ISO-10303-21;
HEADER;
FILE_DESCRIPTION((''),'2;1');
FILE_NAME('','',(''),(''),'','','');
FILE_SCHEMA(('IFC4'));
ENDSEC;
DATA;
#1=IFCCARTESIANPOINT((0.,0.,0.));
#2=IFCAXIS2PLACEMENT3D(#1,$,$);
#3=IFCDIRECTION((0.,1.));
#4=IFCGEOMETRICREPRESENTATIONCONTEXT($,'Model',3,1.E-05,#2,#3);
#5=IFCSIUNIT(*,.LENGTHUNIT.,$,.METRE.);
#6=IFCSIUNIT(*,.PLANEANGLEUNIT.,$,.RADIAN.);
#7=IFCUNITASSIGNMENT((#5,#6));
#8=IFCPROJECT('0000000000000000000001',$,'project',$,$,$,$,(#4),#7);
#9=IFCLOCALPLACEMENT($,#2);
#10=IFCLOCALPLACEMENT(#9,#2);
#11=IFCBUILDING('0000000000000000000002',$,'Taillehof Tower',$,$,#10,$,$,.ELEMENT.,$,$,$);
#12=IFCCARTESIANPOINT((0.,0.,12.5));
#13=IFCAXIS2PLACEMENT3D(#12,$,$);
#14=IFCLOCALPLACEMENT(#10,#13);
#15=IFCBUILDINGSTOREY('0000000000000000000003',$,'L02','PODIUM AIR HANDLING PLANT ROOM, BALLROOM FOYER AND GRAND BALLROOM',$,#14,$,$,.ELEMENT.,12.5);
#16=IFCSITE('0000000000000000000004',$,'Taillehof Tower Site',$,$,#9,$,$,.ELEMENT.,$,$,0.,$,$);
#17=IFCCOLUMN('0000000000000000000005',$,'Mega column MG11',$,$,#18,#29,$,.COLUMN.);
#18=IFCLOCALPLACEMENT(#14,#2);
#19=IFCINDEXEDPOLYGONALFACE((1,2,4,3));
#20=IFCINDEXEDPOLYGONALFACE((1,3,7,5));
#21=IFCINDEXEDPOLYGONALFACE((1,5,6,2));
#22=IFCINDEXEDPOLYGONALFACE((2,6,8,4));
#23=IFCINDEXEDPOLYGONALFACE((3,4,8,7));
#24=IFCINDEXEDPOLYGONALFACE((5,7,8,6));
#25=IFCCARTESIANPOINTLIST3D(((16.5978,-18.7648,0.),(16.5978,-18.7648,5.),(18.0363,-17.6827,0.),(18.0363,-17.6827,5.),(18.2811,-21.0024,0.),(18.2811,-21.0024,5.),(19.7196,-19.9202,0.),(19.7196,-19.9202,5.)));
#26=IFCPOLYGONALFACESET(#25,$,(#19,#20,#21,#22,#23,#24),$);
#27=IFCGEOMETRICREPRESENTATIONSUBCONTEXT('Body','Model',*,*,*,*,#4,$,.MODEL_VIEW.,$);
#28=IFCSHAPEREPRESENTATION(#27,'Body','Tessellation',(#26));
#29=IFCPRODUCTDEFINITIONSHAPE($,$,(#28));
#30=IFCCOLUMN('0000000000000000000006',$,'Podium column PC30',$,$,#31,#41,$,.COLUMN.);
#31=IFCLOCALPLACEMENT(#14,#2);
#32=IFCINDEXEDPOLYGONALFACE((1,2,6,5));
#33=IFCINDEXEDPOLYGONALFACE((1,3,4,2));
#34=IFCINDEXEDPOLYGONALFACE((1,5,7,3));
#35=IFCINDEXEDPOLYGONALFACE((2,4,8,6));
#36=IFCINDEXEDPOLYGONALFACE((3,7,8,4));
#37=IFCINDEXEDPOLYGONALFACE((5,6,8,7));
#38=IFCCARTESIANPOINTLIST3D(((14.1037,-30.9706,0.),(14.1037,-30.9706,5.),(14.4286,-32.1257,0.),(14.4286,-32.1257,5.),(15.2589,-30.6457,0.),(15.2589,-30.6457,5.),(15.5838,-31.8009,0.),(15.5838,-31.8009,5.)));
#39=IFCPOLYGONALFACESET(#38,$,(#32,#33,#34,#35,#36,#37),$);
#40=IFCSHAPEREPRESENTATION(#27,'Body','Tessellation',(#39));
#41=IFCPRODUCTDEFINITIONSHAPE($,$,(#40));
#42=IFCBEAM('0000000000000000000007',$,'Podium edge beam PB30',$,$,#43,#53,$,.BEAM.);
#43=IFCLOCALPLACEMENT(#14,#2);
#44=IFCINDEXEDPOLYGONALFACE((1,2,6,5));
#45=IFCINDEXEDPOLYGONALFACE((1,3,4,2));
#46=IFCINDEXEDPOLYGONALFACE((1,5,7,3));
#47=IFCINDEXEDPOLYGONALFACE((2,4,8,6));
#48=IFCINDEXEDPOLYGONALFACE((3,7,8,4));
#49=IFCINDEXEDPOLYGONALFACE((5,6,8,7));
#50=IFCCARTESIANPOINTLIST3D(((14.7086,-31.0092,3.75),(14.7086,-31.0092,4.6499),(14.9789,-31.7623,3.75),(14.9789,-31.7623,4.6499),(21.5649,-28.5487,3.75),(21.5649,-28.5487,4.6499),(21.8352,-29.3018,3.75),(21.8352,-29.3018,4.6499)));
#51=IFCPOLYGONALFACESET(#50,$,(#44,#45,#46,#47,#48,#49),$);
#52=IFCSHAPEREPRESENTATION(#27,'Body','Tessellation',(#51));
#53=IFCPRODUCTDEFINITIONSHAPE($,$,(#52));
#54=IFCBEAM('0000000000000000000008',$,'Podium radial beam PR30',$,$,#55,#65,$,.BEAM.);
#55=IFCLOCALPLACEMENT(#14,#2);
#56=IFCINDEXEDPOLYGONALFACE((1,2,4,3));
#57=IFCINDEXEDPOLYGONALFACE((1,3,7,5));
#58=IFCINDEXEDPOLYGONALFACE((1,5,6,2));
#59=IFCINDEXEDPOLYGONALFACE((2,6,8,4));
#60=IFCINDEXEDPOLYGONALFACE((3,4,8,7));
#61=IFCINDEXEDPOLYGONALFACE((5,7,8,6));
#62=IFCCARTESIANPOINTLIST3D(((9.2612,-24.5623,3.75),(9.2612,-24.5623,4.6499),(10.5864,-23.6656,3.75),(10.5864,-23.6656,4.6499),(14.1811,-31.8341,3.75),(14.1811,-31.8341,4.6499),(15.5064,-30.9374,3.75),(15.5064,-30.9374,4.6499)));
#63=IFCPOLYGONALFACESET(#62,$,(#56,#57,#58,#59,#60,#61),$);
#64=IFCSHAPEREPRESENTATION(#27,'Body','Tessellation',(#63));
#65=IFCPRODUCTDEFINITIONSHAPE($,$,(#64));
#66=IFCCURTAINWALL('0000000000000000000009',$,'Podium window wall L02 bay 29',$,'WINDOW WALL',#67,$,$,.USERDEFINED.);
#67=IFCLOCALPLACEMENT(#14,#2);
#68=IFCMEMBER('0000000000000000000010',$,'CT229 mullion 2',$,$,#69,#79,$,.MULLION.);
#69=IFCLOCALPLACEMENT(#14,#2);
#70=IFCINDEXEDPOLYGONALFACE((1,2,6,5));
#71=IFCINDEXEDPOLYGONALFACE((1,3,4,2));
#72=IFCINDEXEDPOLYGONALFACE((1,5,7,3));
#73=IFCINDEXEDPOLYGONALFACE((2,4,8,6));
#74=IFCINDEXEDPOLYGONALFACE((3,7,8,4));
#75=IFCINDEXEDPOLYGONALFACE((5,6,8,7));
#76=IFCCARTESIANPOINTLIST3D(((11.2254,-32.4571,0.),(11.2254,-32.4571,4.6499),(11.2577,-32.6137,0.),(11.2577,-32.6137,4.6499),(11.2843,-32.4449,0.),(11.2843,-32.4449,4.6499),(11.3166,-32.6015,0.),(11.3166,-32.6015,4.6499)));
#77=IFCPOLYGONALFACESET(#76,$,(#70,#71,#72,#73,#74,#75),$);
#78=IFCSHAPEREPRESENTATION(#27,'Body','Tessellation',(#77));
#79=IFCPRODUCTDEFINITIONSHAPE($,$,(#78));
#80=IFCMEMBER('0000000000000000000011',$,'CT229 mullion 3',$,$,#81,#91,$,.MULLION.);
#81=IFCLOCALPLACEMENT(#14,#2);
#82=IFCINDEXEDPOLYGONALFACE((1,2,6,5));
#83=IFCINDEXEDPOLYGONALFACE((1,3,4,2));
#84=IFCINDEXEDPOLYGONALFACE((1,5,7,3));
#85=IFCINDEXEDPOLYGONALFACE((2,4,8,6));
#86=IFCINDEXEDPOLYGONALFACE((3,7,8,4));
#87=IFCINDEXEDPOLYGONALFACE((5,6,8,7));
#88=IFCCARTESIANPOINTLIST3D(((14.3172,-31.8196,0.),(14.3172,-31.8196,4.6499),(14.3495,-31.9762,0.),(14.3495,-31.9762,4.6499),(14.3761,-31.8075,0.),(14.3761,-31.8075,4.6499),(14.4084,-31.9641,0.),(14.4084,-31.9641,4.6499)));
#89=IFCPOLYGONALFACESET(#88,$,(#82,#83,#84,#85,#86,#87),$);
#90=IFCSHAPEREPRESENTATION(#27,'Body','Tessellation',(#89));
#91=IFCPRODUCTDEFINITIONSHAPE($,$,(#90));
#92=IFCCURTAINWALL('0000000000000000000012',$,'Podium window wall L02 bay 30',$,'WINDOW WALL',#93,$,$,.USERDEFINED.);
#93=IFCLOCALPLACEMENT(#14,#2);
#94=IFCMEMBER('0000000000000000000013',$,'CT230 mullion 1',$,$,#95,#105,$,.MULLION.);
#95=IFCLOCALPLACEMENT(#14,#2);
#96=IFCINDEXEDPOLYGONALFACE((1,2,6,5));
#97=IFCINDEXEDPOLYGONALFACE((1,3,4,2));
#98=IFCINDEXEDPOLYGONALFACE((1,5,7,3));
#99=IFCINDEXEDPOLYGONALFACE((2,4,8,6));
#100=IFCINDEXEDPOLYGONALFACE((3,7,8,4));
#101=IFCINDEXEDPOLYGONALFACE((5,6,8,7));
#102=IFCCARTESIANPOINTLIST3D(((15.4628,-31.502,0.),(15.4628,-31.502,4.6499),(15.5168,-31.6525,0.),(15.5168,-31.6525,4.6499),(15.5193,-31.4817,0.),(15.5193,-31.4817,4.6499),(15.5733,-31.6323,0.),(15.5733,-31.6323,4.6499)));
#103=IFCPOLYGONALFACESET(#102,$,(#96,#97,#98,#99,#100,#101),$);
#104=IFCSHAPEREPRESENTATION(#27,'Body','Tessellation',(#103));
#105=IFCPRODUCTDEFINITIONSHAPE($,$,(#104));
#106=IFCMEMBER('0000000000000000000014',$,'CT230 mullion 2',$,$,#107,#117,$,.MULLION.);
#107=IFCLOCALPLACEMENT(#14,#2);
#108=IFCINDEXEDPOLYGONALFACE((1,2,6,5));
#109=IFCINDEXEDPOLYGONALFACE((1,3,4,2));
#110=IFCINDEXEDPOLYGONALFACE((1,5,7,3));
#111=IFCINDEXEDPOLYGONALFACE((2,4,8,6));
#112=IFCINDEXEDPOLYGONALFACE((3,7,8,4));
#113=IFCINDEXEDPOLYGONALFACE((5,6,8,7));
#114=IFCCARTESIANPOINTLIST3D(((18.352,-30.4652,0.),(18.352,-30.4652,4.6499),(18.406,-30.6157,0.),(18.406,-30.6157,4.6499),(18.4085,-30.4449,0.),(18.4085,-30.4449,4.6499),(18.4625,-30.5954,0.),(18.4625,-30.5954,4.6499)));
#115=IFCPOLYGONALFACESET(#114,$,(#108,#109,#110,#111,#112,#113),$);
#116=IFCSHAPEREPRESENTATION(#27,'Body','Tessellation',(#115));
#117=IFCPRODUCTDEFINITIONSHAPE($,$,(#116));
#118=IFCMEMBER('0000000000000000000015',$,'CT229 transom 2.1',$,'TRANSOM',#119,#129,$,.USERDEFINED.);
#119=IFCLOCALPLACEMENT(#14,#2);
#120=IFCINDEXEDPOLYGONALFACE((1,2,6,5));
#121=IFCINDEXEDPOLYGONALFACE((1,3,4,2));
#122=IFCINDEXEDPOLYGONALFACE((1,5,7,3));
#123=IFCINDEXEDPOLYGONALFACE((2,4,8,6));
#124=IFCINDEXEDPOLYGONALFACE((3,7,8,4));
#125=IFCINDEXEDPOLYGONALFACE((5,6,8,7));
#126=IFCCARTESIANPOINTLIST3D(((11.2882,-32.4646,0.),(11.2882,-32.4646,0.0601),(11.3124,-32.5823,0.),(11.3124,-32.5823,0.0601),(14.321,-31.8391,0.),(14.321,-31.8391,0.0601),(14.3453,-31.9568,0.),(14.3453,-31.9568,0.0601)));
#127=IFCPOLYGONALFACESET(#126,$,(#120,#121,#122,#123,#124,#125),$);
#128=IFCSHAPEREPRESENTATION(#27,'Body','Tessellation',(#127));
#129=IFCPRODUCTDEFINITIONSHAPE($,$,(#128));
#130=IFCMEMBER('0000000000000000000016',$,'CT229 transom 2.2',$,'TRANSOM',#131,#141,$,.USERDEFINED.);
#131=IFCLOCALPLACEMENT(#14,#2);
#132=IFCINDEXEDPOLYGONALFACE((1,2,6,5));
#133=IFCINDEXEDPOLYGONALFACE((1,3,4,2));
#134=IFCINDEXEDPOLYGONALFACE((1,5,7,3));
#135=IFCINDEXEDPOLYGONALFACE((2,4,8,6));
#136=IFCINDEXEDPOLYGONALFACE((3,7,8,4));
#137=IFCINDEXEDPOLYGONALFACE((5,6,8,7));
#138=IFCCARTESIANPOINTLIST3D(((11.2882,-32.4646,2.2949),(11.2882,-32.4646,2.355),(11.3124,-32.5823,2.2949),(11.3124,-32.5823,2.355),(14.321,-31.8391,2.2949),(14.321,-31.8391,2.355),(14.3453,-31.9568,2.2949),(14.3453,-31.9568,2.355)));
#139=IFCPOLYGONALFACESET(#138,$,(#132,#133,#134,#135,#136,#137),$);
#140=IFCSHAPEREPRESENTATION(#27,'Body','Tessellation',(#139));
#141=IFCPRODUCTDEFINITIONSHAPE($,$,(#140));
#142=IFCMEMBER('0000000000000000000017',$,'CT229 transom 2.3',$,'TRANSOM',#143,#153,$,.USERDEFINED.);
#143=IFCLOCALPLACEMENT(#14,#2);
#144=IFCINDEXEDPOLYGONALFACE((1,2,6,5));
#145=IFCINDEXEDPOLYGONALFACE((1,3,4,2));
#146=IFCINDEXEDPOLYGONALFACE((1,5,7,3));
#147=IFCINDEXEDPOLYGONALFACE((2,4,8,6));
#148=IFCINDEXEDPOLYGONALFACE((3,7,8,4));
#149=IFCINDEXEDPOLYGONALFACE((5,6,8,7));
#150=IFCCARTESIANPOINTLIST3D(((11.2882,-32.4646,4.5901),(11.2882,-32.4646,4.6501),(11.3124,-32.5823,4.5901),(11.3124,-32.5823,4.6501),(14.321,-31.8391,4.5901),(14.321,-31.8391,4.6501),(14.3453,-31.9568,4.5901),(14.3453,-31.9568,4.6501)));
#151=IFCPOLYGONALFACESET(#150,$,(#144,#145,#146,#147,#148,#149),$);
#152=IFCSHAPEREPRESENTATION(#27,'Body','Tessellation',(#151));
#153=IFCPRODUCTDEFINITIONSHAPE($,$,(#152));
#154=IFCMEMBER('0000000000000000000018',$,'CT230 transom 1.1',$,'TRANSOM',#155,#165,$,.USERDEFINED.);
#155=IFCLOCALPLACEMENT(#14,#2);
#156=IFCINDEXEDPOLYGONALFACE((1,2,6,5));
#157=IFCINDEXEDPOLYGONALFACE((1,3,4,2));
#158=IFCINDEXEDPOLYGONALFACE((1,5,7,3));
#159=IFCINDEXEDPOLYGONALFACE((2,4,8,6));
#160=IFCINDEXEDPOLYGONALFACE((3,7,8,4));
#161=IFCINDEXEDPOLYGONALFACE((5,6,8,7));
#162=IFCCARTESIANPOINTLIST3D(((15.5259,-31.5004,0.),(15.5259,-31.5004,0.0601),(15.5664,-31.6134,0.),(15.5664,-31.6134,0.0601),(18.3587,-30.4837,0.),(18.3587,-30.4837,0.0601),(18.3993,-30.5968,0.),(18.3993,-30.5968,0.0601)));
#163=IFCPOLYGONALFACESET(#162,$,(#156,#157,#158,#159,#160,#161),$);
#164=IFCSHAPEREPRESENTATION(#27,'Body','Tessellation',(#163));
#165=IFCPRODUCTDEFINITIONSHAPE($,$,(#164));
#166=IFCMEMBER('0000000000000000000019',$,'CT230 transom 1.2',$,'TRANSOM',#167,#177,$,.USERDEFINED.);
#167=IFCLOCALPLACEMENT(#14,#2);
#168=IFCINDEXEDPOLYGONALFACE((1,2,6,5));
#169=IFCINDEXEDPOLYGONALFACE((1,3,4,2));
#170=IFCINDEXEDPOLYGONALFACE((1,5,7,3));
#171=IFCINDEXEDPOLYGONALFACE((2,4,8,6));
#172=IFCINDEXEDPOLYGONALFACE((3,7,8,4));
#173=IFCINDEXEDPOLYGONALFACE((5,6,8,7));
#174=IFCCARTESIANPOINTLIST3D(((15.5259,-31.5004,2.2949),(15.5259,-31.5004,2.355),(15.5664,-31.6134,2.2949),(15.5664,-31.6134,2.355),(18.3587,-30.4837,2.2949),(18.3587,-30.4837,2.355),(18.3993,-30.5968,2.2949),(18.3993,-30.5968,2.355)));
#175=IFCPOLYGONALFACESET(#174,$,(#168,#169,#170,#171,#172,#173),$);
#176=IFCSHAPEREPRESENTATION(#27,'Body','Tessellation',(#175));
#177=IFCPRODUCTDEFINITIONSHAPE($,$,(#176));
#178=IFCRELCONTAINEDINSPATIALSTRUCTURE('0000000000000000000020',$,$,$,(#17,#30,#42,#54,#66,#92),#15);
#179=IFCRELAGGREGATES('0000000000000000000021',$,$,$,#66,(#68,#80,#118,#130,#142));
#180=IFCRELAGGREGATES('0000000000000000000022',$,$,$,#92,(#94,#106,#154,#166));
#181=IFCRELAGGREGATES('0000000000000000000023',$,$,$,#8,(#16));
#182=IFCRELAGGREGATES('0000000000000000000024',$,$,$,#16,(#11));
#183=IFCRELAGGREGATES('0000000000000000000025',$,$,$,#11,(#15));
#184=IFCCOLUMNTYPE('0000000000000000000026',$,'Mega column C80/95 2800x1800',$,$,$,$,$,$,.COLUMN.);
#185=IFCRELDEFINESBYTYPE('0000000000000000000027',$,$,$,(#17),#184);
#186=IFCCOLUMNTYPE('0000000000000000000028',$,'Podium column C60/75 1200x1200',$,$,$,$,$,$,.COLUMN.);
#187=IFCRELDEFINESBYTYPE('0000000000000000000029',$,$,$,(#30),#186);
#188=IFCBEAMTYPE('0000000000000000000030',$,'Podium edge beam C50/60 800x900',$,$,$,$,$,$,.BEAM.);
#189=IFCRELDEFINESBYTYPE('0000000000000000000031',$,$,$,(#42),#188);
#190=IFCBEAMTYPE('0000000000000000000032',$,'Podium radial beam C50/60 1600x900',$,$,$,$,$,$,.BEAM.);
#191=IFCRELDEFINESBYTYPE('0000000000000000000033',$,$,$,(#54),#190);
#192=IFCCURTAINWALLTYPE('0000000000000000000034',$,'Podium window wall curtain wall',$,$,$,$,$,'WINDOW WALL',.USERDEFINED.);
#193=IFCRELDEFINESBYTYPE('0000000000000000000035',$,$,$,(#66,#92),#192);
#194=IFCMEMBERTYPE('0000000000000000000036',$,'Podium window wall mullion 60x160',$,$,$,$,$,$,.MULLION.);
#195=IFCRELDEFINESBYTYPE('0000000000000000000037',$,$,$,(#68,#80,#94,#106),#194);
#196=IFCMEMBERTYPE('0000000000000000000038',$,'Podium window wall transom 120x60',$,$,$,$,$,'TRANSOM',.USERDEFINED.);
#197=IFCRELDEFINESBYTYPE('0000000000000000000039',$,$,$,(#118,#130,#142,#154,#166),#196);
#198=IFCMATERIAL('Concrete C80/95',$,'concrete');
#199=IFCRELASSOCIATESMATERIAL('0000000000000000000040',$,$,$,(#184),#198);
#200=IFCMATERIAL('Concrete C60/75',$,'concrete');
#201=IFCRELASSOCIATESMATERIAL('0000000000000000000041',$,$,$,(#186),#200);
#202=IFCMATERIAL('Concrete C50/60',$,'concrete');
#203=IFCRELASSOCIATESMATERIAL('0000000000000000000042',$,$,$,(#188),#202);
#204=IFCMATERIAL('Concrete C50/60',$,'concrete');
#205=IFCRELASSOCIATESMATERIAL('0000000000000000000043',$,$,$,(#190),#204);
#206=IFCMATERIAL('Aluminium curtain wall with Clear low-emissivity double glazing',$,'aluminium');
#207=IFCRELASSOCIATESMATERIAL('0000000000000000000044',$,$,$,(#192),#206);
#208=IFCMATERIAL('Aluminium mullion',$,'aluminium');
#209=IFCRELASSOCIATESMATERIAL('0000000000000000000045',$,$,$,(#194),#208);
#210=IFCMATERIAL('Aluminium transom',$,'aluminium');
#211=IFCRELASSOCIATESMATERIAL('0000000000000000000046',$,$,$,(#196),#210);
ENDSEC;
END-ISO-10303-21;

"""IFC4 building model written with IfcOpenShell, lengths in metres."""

from ifc_helpers import new_model, si_unit, direction, frame, origin, origin_2d, place, context, subcontext, project, spatial, rectangle, extrude, material, material_profile, profile_set, type_object, element, aggregate, save


model = new_model("IFC4")

# Units and contexts
model_context = context("Model", 3, precision=1e-05, world=origin(), true_north=direction((0.0, 1.0)))
body_context = subcontext(model_context, "Body", "Model", "MODEL_VIEW")
ifc_project = project(units=[si_unit("LENGTHUNIT", "METRE"), si_unit("PLANEANGLEUNIT", "RADIAN")], contexts=[model_context])

# Site, building, storey
site_placement = place(None, origin())
site = spatial("IfcSite", under=ifc_project, at=site_placement, Name="Taillehof Tower Site", CompositionType="ELEMENT", RefElevation=0.0)
building_placement = place(site_placement, origin())
building = spatial("IfcBuilding", under=site, at=building_placement, Name="Taillehof Tower", CompositionType="ELEMENT")
storey_placement = place(building_placement, frame((0.0, 0.0, 12.5)))
storey = spatial("IfcBuildingStorey", under=building, at=storey_placement, Name="L02", Description="PODIUM AIR HANDLING PLANT ROOM, BALLROOM FOYER AND GRAND BALLROOM", CompositionType="ELEMENT", Elevation=12.5)

# Columns
ifc_material_1 = material(Name="Concrete C80/95", Category="concrete")
ifc_material_profile_1 = material_profile(ifc_material_1, rectangle(XDim=2.8, YDim=1.8, at=origin_2d()), Name="RC 2800x1800")
ifc_profile_set_1 = profile_set([ifc_material_profile_1], Name="Concrete C80/95")
column_type_1 = type_object("IfcColumnType", Name="Mega column C80/95 2800x1800", PredefinedType="COLUMN", material=ifc_profile_set_1)
column_1_placement = place(storey_placement, frame((18.1587, -19.3425, 0.0), z_axis=(0.0, 0.0, 1.0), x_axis=(0.601174, -0.799118, 0.0)))
element("IfcColumn", 1, at=column_1_placement, inside=storey, type_object=column_type_1, Name="Mega column MG11", PredefinedType="COLUMN", context=body_context, shape_type="SweptSolid", body=[
    extrude(rectangle(XDim=2.8, YDim=1.8, at=origin_2d()), origin(), (0.0, 0.0, 1.0), 5.0),
])
ifc_material_2 = material(Name="Concrete C60/75", Category="concrete")
ifc_material_profile_2 = material_profile(ifc_material_2, rectangle(XDim=1.2, YDim=1.2, at=origin_2d()), Name="RC 1200x1200")
ifc_profile_set_2 = profile_set([ifc_material_profile_2], Name="Concrete C60/75")
column_type_2 = type_object("IfcColumnType", Name="Podium column C60/75 1200x1200", PredefinedType="COLUMN", material=ifc_profile_set_2)
column_2_placement = place(storey_placement, frame((14.8438, -31.3857, 0.0), z_axis=(0.0, 0.0, 1.0), x_axis=(0.270745, -0.962651, 0.0)))
element("IfcColumn", 2, at=column_2_placement, inside=storey, type_object=column_type_2, Name="Podium column PC30", PredefinedType="COLUMN", context=body_context, shape_type="SweptSolid", body=[
    extrude(rectangle(XDim=1.2, YDim=1.2, at=origin_2d()), origin(), (0.0, 0.0, 1.0), 5.0),
])

# Beams
ifc_material_3 = material(Name="Concrete C50/60", Category="concrete")
ifc_material_profile_3 = material_profile(ifc_material_3, rectangle(XDim=0.8, YDim=0.8999, at=origin_2d()), Name="RC 800x900")
ifc_profile_set_3 = profile_set([ifc_material_profile_3], Name="Concrete C50/60")
beam_type_1 = type_object("IfcBeamType", Name="Podium edge beam C50/60 800x900", PredefinedType="BEAM", material=ifc_profile_set_3)
beam_1_placement = place(storey_placement, frame((14.8438, -31.3857, 4.2), z_axis=(0.941227, 0.337773, 0.0), x_axis=(-0.337773, 0.941227, 0.0)))
element("IfcBeam", 3, at=beam_1_placement, inside=storey, type_object=beam_type_1, Name="Podium edge beam PB30", PredefinedType="BEAM", context=body_context, shape_type="SweptSolid", body=[
    extrude(rectangle(XDim=0.8, YDim=0.8999, at=origin_2d()), origin(), (0.0, 0.0, 1.0), 7.2844),
])
ifc_material_4 = material(Name="Concrete C50/60", Category="concrete")
ifc_material_profile_4 = material_profile(ifc_material_4, rectangle(XDim=1.6001, YDim=0.8999, at=origin_2d()), Name="RC 1600x900")
ifc_profile_set_4 = profile_set([ifc_material_profile_4], Name="Concrete C50/60")
beam_type_2 = type_object("IfcBeamType", Name="Podium radial beam C50/60 1600x900", PredefinedType="BEAM", material=ifc_profile_set_4)
beam_2_placement = place(storey_placement, frame((14.8438, -31.3857, 4.2), z_axis=(-0.560373, 0.828241, 0.0), x_axis=(-0.828241, -0.560373, 0.0)))
element("IfcBeam", 4, at=beam_2_placement, inside=storey, type_object=beam_type_2, Name="Podium radial beam PR30", PredefinedType="BEAM", context=body_context, shape_type="SweptSolid", body=[
    extrude(rectangle(XDim=1.6001, YDim=0.8999, at=origin_2d()), origin(), (0.0, 0.0, 1.0), 8.7798),
])

# Curtain walls, members
ifc_material_5 = material(Name="Aluminium curtain wall with Clear low-emissivity double glazing", Category="aluminium")
curtain_wall_type = type_object("IfcCurtainWallType", Name="Podium window wall curtain wall", ElementType="WINDOW WALL", PredefinedType="USERDEFINED", material=ifc_material_5)
curtain_wall_1_placement = place(storey_placement, origin())
curtain_wall_1 = element("IfcCurtainWall", 5, at=curtain_wall_1_placement, inside=storey, type_object=curtain_wall_type, Name="Podium window wall L02 bay 29", ObjectType="WINDOW WALL", PredefinedType="USERDEFINED")
ifc_material_6 = material(Name="Aluminium mullion", Category="aluminium")
ifc_material_profile_5 = material_profile(ifc_material_6, rectangle(XDim=0.1599, YDim=0.0601, at=origin_2d()), Name="AL 60x160")
ifc_profile_set_5 = profile_set([ifc_material_profile_5], Name="Aluminium mullion")
member_type_1 = type_object("IfcMemberType", Name="Podium window wall mullion 60x160", PredefinedType="MULLION", material=ifc_profile_set_5)
member_1_placement = place(storey_placement, frame((11.271, -32.5293, 0.0), z_axis=(0.0, 0.0, 1.0), x_axis=(-0.201976, 0.97939, 0.0)))
member_1 = element("IfcMember", 6, at=member_1_placement, type_object=member_type_1, Name="CT229 mullion 2", PredefinedType="MULLION", context=body_context, shape_type="SweptSolid", body=[
    extrude(rectangle(XDim=0.1599, YDim=0.0601, at=origin_2d()), origin(), (0.0, 0.0, 1.0), 4.6499),
])
member_2_placement = place(storey_placement, frame((14.3628, -31.8918, 0.0), z_axis=(0.0, 0.0, 1.0), x_axis=(-0.201976, 0.97939, 0.0)))
member_2 = element("IfcMember", 7, at=member_2_placement, type_object=member_type_1, Name="CT229 mullion 3", PredefinedType="MULLION", context=body_context, shape_type="SweptSolid", body=[
    extrude(rectangle(XDim=0.1599, YDim=0.0601, at=origin_2d()), origin(), (0.0, 0.0, 1.0), 4.6499),
])
curtain_wall_2_placement = place(storey_placement, origin())
curtain_wall_2 = element("IfcCurtainWall", 8, at=curtain_wall_2_placement, inside=storey, type_object=curtain_wall_type, Name="Podium window wall L02 bay 30", ObjectType="WINDOW WALL", PredefinedType="USERDEFINED")
member_3_placement = place(storey_placement, frame((15.5181, -31.5671, 0.0), z_axis=(0.0, 0.0, 1.0), x_axis=(-0.337799, 0.941218, 0.0)))
member_3 = element("IfcMember", 9, at=member_3_placement, type_object=member_type_1, Name="CT230 mullion 1", PredefinedType="MULLION", context=body_context, shape_type="SweptSolid", body=[
    extrude(rectangle(XDim=0.1599, YDim=0.0601, at=origin_2d()), origin(), (0.0, 0.0, 1.0), 4.6499),
])
member_4_placement = place(storey_placement, frame((18.4072, -30.5303, 0.0), z_axis=(0.0, 0.0, 1.0), x_axis=(-0.337799, 0.941218, 0.0)))
member_4 = element("IfcMember", 10, at=member_4_placement, type_object=member_type_1, Name="CT230 mullion 2", PredefinedType="MULLION", context=body_context, shape_type="SweptSolid", body=[
    extrude(rectangle(XDim=0.1599, YDim=0.0601, at=origin_2d()), origin(), (0.0, 0.0, 1.0), 4.6499),
])

# Members
ifc_material_7 = material(Name="Aluminium transom", Category="aluminium")
ifc_material_profile_6 = material_profile(ifc_material_7, rectangle(XDim=0.1201, YDim=0.0601, at=origin_2d()), Name="AL 120x60")
ifc_profile_set_6 = profile_set([ifc_material_profile_6], Name="Aluminium transom")
member_type_2 = type_object("IfcMemberType", Name="Podium window wall transom 120x60", ElementType="TRANSOM", PredefinedType="USERDEFINED", material=ifc_profile_set_6)
member_5_placement = place(storey_placement, frame((11.3003, -32.5234, 0.03), z_axis=(0.97939, 0.20198, 0.0), x_axis=(-0.20198, 0.97939, 0.0)))
member_5 = element("IfcMember", 11, at=member_5_placement, type_object=member_type_2, Name="CT229 transom 2.1", ObjectType="TRANSOM", PredefinedType="USERDEFINED", context=body_context, shape_type="SweptSolid", body=[
    extrude(rectangle(XDim=0.1201, YDim=0.0601, at=origin_2d()), origin(), (0.0, 0.0, 1.0), 3.0967),
])
member_6_placement = place(storey_placement, frame((11.3003, -32.5234, 2.325), z_axis=(0.97939, 0.20198, 0.0), x_axis=(-0.20198, 0.97939, 0.0)))
member_6 = element("IfcMember", 12, at=member_6_placement, type_object=member_type_2, Name="CT229 transom 2.2", ObjectType="TRANSOM", PredefinedType="USERDEFINED", context=body_context, shape_type="SweptSolid", body=[
    extrude(rectangle(XDim=0.1201, YDim=0.0601, at=origin_2d()), origin(), (0.0, 0.0, 1.0), 3.0967),
])
member_7_placement = place(storey_placement, frame((11.3003, -32.5234, 4.6201), z_axis=(0.97939, 0.20198, 0.0), x_axis=(-0.20198, 0.97939, 0.0)))
member_7 = element("IfcMember", 13, at=member_7_placement, type_object=member_type_2, Name="CT229 transom 2.3", ObjectType="TRANSOM", PredefinedType="USERDEFINED", context=body_context, shape_type="SweptSolid", body=[
    extrude(rectangle(XDim=0.1201, YDim=0.0601, at=origin_2d()), origin(), (0.0, 0.0, 1.0), 3.0967),
])
member_8_placement = place(storey_placement, frame((15.5461, -31.5569, 0.03), z_axis=(0.941225, 0.33778, 0.0), x_axis=(-0.33778, 0.941225, 0.0)))
member_8 = element("IfcMember", 14, at=member_8_placement, type_object=member_type_2, Name="CT230 transom 1.1", ObjectType="TRANSOM", PredefinedType="USERDEFINED", context=body_context, shape_type="SweptSolid", body=[
    extrude(rectangle(XDim=0.1201, YDim=0.0601, at=origin_2d()), origin(), (0.0, 0.0, 1.0), 3.0098),
])
member_9_placement = place(storey_placement, frame((15.5461, -31.5569, 2.325), z_axis=(0.941225, 0.33778, 0.0), x_axis=(-0.33778, 0.941225, 0.0)))
member_9 = element("IfcMember", 15, at=member_9_placement, type_object=member_type_2, Name="CT230 transom 1.2", ObjectType="TRANSOM", PredefinedType="USERDEFINED", context=body_context, shape_type="SweptSolid", body=[
    extrude(rectangle(XDim=0.1201, YDim=0.0601, at=origin_2d()), origin(), (0.0, 0.0, 1.0), 3.0098),
])

aggregate(curtain_wall_1, [member_1, member_2, member_5, member_6, member_7])
aggregate(curtain_wall_2, [member_3, member_4, member_8, member_9])

save(model, "model.ifc")
